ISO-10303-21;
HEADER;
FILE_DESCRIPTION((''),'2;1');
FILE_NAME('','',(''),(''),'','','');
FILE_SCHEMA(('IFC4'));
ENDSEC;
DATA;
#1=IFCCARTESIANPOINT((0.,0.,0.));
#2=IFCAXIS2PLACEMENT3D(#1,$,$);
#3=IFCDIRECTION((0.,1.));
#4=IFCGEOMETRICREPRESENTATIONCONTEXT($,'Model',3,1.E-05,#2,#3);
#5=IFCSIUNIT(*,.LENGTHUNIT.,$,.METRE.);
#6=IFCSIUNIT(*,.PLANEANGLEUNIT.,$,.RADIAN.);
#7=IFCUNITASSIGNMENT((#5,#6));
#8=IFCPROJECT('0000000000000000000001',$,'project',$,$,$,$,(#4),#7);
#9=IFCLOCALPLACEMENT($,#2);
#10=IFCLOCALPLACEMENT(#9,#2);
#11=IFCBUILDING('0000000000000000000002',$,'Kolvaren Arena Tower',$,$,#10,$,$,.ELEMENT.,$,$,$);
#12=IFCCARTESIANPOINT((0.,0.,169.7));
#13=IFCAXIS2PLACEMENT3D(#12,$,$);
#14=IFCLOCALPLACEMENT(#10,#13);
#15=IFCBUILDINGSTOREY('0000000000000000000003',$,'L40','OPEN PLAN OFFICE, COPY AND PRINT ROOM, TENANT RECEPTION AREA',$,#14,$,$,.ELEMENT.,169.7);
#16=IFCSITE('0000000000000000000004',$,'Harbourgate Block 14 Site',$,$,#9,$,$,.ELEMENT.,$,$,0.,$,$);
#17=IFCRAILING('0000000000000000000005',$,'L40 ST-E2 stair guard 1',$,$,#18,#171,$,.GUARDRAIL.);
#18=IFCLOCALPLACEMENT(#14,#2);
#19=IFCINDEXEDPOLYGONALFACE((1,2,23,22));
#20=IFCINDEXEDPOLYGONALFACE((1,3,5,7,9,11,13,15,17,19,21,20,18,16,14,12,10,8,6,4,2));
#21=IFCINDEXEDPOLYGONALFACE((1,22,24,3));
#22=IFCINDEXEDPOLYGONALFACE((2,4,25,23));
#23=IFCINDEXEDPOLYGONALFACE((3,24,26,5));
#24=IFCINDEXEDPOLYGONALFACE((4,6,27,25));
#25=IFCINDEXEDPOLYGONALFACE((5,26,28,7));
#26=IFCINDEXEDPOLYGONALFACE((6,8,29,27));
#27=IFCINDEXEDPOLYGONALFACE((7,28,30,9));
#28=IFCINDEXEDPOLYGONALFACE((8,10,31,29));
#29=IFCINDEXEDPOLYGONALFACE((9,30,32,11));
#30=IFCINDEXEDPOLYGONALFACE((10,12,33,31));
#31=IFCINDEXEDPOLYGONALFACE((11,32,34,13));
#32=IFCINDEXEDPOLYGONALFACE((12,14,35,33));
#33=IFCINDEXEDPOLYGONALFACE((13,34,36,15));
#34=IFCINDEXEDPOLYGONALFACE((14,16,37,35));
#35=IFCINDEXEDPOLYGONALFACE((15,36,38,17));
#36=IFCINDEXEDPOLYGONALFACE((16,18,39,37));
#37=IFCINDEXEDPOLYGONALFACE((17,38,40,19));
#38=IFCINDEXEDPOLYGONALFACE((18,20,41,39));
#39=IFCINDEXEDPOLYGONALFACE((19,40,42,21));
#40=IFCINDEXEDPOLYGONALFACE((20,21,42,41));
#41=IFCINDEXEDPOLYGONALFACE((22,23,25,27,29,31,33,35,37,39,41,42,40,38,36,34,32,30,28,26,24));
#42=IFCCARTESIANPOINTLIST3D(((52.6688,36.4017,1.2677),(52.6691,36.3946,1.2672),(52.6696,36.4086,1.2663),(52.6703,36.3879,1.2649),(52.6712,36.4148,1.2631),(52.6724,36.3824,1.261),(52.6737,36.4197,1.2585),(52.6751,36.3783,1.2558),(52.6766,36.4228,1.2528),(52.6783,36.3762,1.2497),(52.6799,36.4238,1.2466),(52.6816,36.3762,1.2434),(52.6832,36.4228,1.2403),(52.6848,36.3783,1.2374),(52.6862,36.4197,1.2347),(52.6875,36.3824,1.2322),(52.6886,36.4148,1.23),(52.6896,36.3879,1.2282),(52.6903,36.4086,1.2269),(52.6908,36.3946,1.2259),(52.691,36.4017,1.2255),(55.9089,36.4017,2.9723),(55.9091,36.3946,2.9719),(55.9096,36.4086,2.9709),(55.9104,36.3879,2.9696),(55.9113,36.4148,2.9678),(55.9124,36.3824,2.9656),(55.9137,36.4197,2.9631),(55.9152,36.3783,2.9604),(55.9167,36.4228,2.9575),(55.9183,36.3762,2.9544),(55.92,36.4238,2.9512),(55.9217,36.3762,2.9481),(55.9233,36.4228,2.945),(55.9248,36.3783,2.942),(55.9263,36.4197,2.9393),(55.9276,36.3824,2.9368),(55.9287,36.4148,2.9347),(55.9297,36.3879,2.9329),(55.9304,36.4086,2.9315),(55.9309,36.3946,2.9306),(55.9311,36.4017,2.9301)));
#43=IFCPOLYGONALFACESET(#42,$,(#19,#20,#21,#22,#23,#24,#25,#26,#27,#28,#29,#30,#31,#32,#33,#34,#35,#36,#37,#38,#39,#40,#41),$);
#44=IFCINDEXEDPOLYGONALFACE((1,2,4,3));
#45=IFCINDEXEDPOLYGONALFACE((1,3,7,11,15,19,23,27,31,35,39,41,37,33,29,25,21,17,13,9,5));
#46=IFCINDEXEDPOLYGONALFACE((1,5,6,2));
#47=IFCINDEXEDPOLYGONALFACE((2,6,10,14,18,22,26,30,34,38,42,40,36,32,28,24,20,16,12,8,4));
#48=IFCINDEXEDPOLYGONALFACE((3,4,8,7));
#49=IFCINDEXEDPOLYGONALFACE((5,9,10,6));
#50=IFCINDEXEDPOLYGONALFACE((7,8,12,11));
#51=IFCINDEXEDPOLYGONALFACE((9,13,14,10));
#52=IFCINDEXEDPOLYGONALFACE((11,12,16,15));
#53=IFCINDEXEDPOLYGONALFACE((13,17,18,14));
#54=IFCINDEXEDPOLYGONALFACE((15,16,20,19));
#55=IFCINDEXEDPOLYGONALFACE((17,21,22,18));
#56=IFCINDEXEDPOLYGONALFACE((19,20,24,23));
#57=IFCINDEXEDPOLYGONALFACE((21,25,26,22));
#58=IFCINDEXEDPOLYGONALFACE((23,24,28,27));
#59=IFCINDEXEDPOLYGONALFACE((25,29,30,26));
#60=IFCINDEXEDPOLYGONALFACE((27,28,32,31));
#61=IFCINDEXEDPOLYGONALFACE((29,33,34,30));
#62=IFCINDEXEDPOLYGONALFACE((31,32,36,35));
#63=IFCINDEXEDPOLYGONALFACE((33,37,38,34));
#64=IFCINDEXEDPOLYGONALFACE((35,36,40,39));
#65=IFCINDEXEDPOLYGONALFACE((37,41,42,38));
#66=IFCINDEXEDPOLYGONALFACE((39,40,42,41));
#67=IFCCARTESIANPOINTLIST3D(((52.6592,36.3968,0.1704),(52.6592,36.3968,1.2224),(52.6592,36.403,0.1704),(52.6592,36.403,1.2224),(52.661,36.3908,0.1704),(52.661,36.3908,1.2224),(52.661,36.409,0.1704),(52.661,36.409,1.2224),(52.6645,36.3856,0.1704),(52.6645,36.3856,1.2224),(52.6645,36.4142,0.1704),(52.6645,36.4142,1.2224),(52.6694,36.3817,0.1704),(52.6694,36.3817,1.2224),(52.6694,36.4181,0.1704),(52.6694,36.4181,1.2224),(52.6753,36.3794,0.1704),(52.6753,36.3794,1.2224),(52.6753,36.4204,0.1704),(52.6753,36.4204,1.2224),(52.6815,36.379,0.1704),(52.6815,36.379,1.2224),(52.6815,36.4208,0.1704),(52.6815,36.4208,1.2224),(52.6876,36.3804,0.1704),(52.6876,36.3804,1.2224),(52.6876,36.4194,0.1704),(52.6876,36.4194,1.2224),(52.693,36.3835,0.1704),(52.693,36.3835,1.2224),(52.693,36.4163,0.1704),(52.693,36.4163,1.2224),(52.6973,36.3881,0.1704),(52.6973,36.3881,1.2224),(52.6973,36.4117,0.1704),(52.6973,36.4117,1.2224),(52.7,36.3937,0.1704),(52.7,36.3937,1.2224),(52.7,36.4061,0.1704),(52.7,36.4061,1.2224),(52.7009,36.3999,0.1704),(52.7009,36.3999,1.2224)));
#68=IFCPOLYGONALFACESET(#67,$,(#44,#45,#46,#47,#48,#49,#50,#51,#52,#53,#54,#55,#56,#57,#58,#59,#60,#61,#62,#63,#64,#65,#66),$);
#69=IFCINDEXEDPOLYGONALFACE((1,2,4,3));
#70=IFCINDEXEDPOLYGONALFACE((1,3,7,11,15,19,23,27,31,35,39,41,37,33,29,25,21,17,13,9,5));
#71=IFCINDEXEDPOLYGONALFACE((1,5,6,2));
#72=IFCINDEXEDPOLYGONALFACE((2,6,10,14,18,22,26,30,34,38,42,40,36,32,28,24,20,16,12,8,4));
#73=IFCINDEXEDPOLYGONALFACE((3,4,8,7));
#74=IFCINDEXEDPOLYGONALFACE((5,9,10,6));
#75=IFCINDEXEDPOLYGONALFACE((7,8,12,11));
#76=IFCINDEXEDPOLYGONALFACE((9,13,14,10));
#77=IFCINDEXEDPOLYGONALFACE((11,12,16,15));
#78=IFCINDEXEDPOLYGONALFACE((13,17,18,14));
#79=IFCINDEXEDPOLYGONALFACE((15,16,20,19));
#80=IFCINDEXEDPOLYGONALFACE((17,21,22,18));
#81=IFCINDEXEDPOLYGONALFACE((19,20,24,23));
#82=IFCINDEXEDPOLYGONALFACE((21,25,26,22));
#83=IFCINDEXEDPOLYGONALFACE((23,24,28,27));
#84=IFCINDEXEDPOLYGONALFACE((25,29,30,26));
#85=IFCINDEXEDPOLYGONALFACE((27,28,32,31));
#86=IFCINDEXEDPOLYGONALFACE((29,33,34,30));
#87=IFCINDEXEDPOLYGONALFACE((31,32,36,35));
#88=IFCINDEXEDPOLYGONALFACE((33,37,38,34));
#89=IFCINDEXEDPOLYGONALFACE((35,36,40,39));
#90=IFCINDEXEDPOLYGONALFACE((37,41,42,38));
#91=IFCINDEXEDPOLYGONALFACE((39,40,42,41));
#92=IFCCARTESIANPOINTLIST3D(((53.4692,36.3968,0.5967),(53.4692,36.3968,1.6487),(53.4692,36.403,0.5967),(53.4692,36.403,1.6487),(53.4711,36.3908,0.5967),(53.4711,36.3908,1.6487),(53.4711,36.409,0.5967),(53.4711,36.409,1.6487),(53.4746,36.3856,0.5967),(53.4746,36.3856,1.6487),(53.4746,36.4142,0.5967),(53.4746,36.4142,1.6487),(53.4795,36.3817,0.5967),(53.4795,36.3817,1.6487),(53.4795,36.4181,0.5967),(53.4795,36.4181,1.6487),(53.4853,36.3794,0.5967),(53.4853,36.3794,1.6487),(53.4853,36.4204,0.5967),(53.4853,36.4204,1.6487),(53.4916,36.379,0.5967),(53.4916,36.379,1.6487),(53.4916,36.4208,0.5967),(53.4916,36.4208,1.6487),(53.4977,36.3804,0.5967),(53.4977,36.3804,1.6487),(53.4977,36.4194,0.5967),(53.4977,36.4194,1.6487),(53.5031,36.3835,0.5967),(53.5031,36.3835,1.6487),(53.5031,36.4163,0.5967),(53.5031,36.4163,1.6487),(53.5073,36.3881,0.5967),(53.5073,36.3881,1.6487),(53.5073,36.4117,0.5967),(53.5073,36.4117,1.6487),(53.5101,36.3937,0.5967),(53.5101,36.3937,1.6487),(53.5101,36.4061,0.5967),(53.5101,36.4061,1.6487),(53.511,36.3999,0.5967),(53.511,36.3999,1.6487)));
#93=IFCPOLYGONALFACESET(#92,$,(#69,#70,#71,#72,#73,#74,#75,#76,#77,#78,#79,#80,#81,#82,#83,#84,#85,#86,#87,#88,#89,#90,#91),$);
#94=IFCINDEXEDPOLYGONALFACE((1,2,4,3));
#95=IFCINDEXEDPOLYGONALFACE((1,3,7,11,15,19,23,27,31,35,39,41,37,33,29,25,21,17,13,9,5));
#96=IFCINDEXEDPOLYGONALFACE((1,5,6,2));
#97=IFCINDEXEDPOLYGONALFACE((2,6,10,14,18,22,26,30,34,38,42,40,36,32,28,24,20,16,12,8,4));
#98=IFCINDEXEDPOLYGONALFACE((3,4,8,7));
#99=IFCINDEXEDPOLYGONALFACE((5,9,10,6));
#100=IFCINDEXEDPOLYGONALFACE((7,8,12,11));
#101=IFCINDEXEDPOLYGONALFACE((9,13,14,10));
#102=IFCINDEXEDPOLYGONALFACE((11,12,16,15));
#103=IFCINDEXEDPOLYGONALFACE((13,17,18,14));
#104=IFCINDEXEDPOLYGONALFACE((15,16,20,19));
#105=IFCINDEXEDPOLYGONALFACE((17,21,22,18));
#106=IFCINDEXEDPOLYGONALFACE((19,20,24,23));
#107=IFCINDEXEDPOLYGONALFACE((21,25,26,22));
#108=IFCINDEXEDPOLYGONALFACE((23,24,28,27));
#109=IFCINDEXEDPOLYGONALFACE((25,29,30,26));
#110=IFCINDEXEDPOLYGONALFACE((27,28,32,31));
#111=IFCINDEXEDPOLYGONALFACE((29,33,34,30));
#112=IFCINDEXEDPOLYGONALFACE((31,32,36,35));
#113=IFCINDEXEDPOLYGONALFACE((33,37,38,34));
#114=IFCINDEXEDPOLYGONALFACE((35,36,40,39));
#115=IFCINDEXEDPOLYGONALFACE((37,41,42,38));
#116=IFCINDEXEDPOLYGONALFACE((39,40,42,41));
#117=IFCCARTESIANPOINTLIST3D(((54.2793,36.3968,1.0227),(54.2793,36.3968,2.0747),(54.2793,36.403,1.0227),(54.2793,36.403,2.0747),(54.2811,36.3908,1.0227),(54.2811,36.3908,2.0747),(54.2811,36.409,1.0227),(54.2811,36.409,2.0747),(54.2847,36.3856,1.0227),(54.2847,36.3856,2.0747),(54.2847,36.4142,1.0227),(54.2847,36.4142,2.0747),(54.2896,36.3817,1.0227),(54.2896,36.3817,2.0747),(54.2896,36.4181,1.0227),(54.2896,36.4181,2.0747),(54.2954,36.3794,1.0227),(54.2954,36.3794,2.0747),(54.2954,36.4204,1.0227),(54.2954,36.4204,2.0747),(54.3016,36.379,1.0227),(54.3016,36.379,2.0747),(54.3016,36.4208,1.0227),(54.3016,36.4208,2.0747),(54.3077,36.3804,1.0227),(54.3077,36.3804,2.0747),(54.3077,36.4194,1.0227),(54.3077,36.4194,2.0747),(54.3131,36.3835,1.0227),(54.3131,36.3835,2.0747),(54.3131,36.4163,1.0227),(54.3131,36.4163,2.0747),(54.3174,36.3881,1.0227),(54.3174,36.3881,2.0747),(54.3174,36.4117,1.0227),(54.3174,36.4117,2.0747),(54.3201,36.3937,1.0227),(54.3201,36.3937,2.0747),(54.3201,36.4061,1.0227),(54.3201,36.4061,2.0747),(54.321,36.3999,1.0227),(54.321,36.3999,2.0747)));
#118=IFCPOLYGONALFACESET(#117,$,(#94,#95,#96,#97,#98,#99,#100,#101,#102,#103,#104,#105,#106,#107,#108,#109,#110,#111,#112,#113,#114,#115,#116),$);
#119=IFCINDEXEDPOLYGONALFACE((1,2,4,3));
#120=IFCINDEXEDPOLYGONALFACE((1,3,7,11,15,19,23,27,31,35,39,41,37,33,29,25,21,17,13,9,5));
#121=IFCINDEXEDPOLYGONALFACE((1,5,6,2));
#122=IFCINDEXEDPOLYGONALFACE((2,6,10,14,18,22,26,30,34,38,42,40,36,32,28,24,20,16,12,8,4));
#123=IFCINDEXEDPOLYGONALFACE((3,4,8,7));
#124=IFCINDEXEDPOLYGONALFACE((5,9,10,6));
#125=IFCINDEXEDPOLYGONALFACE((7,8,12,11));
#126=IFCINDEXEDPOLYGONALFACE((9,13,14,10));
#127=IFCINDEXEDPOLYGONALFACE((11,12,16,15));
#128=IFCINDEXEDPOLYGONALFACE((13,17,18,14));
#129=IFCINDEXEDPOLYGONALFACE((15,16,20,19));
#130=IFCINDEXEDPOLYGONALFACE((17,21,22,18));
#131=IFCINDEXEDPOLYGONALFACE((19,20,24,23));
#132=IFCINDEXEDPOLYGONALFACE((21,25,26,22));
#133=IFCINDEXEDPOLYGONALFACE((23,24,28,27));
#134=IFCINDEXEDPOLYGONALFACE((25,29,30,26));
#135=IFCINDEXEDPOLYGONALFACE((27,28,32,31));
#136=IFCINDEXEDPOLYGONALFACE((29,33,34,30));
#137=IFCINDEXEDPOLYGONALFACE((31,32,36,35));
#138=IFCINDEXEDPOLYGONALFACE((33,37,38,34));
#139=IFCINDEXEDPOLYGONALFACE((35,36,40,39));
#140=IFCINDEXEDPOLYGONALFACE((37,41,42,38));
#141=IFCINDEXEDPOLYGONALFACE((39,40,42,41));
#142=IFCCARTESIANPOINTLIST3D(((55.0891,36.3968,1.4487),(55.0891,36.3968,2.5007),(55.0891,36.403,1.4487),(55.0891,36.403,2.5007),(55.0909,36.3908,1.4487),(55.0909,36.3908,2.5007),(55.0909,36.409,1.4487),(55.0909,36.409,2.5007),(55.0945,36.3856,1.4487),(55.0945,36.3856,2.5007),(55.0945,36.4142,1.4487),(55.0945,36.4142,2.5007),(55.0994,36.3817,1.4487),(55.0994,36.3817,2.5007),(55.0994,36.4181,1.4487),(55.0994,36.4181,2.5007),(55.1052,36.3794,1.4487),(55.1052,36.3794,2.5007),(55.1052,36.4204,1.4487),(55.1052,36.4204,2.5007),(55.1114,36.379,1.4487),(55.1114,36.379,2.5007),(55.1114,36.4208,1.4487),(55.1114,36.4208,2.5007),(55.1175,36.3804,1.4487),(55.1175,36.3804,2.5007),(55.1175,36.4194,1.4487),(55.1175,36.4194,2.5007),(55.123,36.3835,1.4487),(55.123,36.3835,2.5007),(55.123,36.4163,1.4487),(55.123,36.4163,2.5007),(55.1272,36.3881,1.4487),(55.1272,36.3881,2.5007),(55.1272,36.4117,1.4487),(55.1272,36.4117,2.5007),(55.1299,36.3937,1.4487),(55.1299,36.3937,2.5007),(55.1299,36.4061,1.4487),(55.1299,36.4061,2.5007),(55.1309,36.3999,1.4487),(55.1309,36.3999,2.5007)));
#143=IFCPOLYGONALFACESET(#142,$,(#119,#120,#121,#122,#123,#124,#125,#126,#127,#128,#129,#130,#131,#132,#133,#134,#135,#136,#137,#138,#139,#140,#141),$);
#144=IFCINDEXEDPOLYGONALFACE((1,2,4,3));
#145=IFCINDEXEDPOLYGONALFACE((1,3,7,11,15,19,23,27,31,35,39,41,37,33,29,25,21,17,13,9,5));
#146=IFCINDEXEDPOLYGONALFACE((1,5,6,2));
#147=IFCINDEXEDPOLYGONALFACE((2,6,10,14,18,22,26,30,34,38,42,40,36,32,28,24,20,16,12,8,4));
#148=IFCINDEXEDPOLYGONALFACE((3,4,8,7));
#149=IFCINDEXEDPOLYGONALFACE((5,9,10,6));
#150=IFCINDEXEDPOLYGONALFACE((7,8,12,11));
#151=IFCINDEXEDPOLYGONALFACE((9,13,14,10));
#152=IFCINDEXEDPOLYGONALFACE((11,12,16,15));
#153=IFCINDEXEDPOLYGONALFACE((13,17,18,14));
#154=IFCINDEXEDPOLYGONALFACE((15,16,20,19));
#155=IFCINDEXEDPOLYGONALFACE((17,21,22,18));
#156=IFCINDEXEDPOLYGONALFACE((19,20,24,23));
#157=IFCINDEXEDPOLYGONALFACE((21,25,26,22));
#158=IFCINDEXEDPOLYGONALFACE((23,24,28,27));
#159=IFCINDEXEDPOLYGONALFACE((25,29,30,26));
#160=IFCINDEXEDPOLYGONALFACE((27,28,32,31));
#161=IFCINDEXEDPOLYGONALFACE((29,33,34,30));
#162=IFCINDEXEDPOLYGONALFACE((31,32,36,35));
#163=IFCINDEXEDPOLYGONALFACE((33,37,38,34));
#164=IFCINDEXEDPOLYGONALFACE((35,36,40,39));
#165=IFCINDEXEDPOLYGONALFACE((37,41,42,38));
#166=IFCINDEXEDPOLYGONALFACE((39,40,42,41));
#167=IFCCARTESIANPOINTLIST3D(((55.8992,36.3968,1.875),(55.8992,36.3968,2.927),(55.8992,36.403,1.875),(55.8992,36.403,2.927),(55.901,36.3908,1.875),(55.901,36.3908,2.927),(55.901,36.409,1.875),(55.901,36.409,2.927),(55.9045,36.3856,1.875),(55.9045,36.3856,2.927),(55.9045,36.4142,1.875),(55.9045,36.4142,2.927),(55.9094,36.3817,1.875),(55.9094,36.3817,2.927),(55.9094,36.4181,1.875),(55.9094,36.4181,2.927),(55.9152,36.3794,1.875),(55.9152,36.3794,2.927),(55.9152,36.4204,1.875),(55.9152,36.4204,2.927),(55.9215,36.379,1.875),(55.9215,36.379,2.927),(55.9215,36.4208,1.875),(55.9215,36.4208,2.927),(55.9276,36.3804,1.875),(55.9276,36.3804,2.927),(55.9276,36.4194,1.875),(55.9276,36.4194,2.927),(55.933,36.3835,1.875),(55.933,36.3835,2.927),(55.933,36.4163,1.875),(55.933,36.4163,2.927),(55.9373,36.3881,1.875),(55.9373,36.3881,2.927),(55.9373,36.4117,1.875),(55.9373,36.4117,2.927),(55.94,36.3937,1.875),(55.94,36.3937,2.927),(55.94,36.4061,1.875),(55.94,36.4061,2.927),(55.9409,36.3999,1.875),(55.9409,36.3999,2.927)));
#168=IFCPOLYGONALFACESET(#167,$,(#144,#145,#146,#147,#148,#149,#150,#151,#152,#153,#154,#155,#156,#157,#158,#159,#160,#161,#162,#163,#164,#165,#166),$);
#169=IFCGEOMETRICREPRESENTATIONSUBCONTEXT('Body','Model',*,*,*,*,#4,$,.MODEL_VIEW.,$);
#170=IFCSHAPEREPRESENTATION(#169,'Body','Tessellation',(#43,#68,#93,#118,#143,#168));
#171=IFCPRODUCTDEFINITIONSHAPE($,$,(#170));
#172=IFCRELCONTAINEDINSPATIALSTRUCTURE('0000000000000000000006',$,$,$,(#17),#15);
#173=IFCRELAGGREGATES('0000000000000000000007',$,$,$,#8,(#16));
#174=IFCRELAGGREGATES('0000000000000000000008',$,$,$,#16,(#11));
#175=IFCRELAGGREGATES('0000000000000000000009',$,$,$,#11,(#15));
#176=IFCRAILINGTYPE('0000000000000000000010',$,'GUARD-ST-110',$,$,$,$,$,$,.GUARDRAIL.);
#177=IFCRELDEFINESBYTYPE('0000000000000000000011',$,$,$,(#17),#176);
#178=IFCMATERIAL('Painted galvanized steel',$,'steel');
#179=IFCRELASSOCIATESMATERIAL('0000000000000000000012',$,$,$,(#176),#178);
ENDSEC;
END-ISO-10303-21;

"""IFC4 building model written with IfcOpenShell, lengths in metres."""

from ifc_helpers import new_model, si_unit, direction, frame, origin, origin_2d, place, context, subcontext, project, spatial, circle, extrude, material, type_object, element, save


model = new_model("IFC4")

# Units and contexts
model_context = context("Model", 3, precision=1e-05, world=origin(), true_north=direction((0.0, 1.0)))
body_context = subcontext(model_context, "Body", "Model", "MODEL_VIEW")
ifc_project = project(units=[si_unit("LENGTHUNIT", "METRE"), si_unit("PLANEANGLEUNIT", "RADIAN")], contexts=[model_context])

# Site, building, storey
site_placement = place(None, origin())
site = spatial("IfcSite", under=ifc_project, at=site_placement, Name="Harbourgate Block 14 Site", CompositionType="ELEMENT", RefElevation=0.0)
building_placement = place(site_placement, origin())
building = spatial("IfcBuilding", under=site, at=building_placement, Name="Kolvaren Arena Tower", CompositionType="ELEMENT")
storey_placement = place(building_placement, frame((0.0, 0.0, 169.7)))
storey = spatial("IfcBuildingStorey", under=building, at=storey_placement, Name="L40", Description="OPEN PLAN OFFICE, COPY AND PRINT ROOM, TENANT RECEPTION AREA", CompositionType="ELEMENT", Elevation=169.7)

# Railing
ifc_material_1 = material(Name="Painted galvanized steel", Category="steel")
railing_type_1 = type_object("IfcRailingType", Name="GUARD-ST-110", PredefinedType="GUARDRAIL", material=ifc_material_1)
railing_1_placement = place(storey_placement, frame((52.6799, 36.3999, 0.1704)))
element("IfcRailing", 1, at=railing_1_placement, inside=storey, type_object=railing_type_1, Name="L40 ST-E2 stair guard 1", PredefinedType="GUARDRAIL", context=body_context, shape_type="SweptSolid", body=[
    extrude(circle(Radius=0.0239, at=origin_2d()), frame((0.0, 0.0, 1.0762), z_axis=(0.884993, 0.0, 0.465604), x_axis=(0.0, 1.0, 0.0)), (0.0, 0.0, 1.0), 3.6611),
    extrude(circle(Radius=0.021, at=origin_2d()), origin(), (0.0, 0.0, 1.0), 1.052),
    extrude(circle(Radius=0.021, at=origin_2d()), frame((0.8101, 0.0, 0.4263)), (0.0, 0.0, 1.0), 1.052),
    extrude(circle(Radius=0.021, at=origin_2d()), frame((1.6201, 0.0, 0.8523)), (0.0, 0.0, 1.0), 1.052),
    extrude(circle(Radius=0.021, at=origin_2d()), frame((2.4299, 0.0, 1.2783)), (0.0, 0.0, 1.0), 1.052),
    extrude(circle(Radius=0.021, at=origin_2d()), frame((3.24, 0.0, 1.7046)), (0.0, 0.0, 1.0), 1.052),
])

save(model, "model.ifc")
